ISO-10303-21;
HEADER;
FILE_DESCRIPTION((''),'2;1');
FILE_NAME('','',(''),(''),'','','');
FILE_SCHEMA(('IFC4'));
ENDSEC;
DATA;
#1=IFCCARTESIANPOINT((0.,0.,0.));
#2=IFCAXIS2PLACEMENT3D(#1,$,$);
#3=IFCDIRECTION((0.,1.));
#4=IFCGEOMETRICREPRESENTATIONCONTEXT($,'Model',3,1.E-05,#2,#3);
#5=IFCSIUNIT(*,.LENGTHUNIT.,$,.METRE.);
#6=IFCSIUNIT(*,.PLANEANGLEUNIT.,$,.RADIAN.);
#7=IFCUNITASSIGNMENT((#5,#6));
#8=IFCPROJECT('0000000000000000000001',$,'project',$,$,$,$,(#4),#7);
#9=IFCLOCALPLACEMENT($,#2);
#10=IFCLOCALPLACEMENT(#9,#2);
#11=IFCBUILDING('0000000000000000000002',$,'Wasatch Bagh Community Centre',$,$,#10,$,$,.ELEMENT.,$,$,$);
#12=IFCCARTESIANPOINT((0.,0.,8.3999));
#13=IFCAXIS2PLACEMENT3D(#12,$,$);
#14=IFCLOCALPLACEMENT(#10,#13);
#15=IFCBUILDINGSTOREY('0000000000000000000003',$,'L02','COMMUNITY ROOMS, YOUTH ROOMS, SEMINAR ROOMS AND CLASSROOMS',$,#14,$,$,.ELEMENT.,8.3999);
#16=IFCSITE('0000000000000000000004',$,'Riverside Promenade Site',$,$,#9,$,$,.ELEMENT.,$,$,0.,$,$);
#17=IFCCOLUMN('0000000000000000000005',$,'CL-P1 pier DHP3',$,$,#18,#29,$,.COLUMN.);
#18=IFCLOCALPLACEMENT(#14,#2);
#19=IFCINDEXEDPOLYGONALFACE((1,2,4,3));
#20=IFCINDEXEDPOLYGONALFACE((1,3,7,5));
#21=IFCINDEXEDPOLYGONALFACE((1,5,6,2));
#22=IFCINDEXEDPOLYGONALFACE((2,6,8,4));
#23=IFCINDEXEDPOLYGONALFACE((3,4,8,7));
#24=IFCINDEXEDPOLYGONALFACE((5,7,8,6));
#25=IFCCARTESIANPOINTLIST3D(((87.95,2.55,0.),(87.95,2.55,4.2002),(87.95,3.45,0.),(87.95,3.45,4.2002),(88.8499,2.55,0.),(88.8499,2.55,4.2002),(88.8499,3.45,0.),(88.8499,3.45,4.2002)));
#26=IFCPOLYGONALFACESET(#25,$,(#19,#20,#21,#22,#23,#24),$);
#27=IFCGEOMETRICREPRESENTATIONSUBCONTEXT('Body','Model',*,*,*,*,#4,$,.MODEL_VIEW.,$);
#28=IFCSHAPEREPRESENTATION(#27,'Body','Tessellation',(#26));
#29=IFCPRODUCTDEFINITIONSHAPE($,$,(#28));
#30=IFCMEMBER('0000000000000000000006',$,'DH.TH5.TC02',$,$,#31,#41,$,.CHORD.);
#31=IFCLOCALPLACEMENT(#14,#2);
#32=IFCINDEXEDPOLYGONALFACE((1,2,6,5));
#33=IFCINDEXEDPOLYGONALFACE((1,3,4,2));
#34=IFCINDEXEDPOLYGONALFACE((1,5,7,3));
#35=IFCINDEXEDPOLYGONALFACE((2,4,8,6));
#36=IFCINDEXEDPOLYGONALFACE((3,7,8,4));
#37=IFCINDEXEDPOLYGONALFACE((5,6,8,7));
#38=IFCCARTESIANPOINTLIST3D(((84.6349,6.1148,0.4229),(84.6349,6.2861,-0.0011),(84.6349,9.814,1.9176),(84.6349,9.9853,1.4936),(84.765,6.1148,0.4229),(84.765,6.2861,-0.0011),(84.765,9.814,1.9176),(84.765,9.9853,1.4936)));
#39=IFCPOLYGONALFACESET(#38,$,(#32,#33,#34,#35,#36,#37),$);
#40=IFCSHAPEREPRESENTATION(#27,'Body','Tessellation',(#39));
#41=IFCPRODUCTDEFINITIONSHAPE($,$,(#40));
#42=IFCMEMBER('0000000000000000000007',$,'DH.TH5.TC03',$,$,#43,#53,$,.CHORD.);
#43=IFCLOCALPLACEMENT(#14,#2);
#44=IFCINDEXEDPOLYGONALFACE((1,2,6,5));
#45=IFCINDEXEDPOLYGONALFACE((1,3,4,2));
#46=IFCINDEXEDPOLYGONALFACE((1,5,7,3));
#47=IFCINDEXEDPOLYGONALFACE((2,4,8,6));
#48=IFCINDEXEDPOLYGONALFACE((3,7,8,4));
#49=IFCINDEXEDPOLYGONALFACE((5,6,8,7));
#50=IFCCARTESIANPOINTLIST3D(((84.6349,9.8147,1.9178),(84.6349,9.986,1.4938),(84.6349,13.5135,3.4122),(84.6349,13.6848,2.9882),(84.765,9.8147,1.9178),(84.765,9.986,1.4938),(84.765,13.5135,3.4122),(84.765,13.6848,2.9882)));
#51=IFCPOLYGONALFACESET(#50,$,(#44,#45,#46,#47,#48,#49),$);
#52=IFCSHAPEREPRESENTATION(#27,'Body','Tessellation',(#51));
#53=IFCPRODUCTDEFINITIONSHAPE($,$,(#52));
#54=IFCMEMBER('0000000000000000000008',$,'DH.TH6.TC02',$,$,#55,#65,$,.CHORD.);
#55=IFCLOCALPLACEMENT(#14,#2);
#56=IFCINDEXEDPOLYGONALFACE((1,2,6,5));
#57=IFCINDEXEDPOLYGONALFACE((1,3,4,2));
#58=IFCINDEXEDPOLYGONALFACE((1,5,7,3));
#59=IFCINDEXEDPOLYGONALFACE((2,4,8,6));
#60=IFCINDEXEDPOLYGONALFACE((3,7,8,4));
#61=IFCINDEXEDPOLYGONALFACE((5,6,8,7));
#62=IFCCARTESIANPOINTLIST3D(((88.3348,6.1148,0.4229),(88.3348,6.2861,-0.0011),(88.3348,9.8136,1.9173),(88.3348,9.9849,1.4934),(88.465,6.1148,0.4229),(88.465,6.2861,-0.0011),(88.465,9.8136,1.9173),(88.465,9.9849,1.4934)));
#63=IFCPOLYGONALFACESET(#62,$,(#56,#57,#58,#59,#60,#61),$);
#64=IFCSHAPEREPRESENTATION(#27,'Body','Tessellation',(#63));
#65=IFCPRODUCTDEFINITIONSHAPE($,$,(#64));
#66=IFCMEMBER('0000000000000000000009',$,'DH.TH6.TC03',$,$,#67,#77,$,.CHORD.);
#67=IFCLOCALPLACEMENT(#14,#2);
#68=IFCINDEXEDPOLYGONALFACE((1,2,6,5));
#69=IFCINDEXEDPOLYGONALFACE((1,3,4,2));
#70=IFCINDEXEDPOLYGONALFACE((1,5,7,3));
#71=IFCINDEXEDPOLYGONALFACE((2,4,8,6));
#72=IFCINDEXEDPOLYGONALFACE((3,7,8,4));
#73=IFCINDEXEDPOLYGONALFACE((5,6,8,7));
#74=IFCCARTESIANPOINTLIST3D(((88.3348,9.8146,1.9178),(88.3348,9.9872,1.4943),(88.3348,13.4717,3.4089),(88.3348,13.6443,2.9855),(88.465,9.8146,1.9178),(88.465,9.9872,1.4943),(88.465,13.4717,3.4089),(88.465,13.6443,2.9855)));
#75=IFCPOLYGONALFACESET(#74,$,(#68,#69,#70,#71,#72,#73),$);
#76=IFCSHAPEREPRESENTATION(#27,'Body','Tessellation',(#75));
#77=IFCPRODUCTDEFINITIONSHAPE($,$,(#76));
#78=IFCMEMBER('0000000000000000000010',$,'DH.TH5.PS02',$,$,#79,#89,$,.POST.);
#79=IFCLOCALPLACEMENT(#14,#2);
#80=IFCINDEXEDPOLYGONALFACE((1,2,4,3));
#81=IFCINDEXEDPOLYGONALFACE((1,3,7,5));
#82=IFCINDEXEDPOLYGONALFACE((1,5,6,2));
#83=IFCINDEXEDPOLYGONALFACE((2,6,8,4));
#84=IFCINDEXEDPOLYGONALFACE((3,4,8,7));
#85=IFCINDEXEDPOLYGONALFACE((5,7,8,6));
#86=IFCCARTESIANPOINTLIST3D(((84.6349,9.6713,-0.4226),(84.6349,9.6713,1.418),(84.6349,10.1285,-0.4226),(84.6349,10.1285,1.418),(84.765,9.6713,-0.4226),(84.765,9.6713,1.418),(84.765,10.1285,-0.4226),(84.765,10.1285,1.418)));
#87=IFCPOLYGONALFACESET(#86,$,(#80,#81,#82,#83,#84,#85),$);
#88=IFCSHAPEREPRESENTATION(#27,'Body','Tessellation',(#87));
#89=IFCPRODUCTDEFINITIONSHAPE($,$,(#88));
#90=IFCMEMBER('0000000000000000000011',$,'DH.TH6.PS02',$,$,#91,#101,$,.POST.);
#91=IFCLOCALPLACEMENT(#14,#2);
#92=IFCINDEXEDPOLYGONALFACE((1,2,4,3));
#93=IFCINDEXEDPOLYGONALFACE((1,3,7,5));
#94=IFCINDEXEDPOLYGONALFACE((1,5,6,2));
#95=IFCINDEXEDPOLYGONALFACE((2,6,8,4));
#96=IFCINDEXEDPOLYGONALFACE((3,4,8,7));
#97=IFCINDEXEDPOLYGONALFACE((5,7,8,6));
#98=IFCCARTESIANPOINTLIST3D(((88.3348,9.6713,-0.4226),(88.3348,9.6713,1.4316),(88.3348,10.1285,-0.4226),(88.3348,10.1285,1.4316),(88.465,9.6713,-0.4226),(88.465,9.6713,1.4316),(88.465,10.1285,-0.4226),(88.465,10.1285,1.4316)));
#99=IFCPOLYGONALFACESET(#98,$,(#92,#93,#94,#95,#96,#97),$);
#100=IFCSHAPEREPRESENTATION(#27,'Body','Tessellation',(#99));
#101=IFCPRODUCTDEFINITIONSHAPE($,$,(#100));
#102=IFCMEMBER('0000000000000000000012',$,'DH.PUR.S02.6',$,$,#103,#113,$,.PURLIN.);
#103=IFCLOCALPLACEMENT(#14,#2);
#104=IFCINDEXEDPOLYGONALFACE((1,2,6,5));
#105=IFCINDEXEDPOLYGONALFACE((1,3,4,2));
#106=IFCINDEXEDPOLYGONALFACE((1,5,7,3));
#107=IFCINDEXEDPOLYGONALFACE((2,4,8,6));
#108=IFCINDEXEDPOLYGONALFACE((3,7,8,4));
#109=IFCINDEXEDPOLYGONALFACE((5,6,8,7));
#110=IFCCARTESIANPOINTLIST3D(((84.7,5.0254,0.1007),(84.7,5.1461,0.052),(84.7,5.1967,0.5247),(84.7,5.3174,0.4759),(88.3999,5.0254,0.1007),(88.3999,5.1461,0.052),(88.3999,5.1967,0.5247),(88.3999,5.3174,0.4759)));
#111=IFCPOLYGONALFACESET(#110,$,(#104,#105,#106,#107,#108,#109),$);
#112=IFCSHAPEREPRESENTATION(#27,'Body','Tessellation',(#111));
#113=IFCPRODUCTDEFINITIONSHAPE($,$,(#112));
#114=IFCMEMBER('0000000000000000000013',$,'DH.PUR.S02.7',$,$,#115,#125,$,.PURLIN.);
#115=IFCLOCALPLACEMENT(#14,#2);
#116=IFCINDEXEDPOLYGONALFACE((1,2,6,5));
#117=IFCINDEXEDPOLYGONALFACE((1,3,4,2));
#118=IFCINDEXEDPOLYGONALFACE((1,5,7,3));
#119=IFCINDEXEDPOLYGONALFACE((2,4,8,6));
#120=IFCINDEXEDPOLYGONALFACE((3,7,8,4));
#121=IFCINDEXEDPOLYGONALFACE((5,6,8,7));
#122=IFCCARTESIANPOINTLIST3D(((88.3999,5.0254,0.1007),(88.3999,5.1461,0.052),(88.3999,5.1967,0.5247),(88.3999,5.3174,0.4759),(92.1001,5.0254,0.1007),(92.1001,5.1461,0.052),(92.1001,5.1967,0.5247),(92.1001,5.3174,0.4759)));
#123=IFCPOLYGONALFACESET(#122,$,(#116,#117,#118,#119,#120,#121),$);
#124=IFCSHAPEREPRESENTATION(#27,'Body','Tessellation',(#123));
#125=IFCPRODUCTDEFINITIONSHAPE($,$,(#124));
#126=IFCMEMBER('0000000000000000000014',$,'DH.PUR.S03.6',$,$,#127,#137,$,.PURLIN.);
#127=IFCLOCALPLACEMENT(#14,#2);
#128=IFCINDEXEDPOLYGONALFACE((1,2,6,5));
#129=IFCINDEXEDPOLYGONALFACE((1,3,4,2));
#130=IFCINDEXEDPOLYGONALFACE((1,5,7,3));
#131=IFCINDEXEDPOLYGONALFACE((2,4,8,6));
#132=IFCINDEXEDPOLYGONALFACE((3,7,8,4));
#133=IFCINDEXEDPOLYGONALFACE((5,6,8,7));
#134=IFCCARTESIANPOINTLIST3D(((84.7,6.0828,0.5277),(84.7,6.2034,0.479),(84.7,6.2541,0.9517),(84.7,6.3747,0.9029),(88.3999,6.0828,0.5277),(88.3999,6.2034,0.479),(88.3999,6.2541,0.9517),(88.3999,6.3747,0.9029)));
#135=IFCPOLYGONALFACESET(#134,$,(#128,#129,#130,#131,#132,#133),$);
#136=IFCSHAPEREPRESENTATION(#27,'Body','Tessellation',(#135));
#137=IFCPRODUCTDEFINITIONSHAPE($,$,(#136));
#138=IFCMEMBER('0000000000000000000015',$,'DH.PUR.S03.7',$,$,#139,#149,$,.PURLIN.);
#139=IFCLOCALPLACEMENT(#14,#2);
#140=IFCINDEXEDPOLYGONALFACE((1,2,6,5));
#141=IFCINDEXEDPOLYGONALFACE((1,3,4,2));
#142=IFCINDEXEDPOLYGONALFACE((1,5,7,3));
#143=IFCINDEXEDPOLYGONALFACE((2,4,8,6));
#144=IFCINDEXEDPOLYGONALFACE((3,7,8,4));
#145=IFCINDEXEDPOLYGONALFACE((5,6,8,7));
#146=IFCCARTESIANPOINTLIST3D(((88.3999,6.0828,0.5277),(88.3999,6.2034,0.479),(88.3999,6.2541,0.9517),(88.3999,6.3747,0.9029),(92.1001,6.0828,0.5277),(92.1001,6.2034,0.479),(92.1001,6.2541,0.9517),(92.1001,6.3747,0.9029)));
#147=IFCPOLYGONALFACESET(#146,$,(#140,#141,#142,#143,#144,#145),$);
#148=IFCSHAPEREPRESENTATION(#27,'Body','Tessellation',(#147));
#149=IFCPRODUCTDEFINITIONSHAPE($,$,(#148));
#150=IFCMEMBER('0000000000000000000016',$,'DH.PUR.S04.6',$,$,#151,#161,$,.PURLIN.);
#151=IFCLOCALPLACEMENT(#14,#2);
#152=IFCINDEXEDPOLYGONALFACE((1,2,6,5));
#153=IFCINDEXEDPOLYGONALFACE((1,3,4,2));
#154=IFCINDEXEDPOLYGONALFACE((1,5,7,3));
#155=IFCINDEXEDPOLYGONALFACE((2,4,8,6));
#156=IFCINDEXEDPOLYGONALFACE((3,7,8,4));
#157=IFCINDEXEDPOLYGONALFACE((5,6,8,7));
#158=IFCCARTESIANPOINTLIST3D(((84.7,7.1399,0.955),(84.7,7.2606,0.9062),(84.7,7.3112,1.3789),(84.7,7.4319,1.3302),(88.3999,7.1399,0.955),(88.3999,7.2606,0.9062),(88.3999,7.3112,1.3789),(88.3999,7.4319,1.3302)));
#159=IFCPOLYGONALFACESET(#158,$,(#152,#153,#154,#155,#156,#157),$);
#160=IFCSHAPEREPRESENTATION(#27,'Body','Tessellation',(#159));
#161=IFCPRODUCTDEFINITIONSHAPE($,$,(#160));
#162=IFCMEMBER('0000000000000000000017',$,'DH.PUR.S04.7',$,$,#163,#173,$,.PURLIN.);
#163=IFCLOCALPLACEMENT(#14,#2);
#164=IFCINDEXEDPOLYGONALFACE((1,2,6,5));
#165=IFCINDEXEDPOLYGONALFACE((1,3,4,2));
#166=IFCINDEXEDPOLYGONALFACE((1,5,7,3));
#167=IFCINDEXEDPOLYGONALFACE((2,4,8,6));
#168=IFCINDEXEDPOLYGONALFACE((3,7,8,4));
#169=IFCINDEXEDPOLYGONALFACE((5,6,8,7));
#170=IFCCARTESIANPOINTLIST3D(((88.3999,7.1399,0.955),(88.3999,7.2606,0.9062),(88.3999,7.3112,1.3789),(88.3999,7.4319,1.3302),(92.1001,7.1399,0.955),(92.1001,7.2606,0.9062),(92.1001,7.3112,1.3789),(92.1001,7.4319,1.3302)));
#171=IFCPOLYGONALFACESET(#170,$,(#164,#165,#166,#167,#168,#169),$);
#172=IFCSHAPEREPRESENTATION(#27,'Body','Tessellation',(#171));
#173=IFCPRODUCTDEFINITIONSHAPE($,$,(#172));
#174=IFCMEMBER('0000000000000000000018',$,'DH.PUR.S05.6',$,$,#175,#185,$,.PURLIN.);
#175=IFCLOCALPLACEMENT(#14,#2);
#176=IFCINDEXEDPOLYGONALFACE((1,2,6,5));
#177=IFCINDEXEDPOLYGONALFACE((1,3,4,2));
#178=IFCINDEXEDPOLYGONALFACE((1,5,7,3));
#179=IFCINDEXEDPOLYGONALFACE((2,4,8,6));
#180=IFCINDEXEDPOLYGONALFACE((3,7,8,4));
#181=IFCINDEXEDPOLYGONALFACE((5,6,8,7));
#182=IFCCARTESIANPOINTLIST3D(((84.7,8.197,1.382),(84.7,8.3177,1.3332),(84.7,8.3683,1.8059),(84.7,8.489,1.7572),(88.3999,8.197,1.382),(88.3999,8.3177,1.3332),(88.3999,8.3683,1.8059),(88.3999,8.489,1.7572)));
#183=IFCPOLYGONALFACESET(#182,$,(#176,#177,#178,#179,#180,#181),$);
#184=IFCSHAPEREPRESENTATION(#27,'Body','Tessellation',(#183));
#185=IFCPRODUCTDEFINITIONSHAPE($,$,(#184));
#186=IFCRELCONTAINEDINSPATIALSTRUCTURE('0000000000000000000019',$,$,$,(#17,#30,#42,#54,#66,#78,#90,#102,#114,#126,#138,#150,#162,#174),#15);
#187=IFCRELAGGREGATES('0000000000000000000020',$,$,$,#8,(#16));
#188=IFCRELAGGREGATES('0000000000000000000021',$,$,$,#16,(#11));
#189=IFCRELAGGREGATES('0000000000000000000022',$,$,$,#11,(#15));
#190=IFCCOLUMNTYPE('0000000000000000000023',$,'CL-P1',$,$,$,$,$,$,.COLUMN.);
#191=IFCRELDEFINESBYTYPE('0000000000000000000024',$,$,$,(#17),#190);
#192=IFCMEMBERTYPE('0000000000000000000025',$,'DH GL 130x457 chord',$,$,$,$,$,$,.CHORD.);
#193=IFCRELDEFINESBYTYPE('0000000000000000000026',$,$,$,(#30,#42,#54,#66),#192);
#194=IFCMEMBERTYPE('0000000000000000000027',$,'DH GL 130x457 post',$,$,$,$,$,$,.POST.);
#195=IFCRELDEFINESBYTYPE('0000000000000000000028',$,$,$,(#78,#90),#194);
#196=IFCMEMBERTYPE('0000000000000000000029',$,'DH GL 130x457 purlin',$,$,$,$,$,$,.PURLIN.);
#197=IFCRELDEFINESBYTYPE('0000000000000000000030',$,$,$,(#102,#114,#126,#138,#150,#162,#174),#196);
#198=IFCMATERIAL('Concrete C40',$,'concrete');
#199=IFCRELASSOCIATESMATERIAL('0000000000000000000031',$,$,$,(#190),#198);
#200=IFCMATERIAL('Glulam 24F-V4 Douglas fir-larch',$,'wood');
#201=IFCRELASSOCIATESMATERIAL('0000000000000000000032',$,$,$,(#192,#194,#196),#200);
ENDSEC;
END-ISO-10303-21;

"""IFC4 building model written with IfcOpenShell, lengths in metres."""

from ifc_helpers import new_model, si_unit, direction, frame, origin, origin_2d, place, context, subcontext, project, spatial, rectangle, extrude, material, material_profile, profile_set, type_object, element, save


model = new_model("IFC4")

# Units and contexts
model_context = context("Model", 3, precision=1e-05, world=origin(), true_north=direction((0.0, 1.0)))
body_context = subcontext(model_context, "Body", "Model", "MODEL_VIEW")
ifc_project = project(units=[si_unit("LENGTHUNIT", "METRE"), si_unit("PLANEANGLEUNIT", "RADIAN")], contexts=[model_context])

# Site, building, storey
site_placement = place(None, origin())
site = spatial("IfcSite", under=ifc_project, at=site_placement, Name="Riverside Promenade Site", CompositionType="ELEMENT", RefElevation=0.0)
building_placement = place(site_placement, origin())
building = spatial("IfcBuilding", under=site, at=building_placement, Name="Wasatch Bagh Community Centre", CompositionType="ELEMENT")
storey_placement = place(building_placement, frame((0.0, 0.0, 8.3999)))
storey = spatial("IfcBuildingStorey", under=building, at=storey_placement, Name="L02", Description="COMMUNITY ROOMS, YOUTH ROOMS, SEMINAR ROOMS AND CLASSROOMS", CompositionType="ELEMENT", Elevation=8.3999)

# Column
ifc_material_1 = material(Name="Concrete C40", Category="concrete")
ifc_material_profile_1 = material_profile(ifc_material_1, rectangle(XDim=0.8999, YDim=0.8999, at=origin_2d()), Name="RC 900x900")
ifc_profile_set_1 = profile_set([ifc_material_profile_1], Name="Concrete C40")
column_type = type_object("IfcColumnType", Name="CL-P1", PredefinedType="COLUMN", material=ifc_profile_set_1)
column_placement = place(storey_placement, frame((88.3999, 3.0, 0.0), z_axis=(0.0, 0.0, 1.0), x_axis=(1.0, 0.0, 0.0)))
element("IfcColumn", 1, at=column_placement, inside=storey, type_object=column_type, Name="CL-P1 pier DHP3", PredefinedType="COLUMN", context=body_context, shape_type="SweptSolid", body=[
    extrude(rectangle(XDim=0.8999, YDim=0.8999, at=origin_2d()), origin(), (0.0, 0.0, 1.0), 4.2002),
])

# Members
ifc_material_2 = material(Name="Glulam 24F-V4 Douglas fir-larch", Category="wood")
ifc_material_profile_2 = material_profile(ifc_material_2, rectangle(XDim=0.1301, YDim=0.4573, at=origin_2d()), Name="GL 130x457")
ifc_profile_set_2 = profile_set([ifc_material_profile_2], Name="Glulam 24F-V4 Douglas fir-larch")
member_type_1 = type_object("IfcMemberType", Name="DH GL 130x457 chord", PredefinedType="CHORD", material=ifc_profile_set_2)
member_1_placement = place(storey_placement, frame((84.7, 6.2004, 0.2109), z_axis=(0.0, 0.92718, 0.374617), x_axis=(-1.0, 0.0, 0.0)))
element("IfcMember", 2, at=member_1_placement, inside=storey, type_object=member_type_1, Name="DH.TH5.TC02", PredefinedType="CHORD", context=body_context, shape_type="SweptSolid", body=[
    extrude(rectangle(XDim=0.1301, YDim=0.4573, at=origin_2d()), origin(), (0.0, 0.0, 1.0), 3.9897),
])
for number, where, z_axis, x_axis, name in (
    (3, (84.7, 9.9004, 1.7058), (0.0, 0.927184, 0.374607), (-1.0, 0.0, 0.0), "DH.TH5.TC03"),
    (4, (88.3999, 6.2004, 0.2109), (0.0, 0.927184, 0.374607), (-1.0, 0.0, 0.0), "DH.TH6.TC02"),
):
    element("IfcMember", number, at=place(storey_placement, frame(where, z_axis=z_axis, x_axis=x_axis)), inside=storey, type_object=member_type_1, Name=name, PredefinedType="CHORD", context=body_context, shape_type="SweptSolid", body=[
        extrude(rectangle(XDim=0.1301, YDim=0.4573, at=origin_2d()), origin(), (0.0, 0.0, 1.0), 3.9893),
    ])
member_2_placement = place(storey_placement, frame((88.3999, 9.9009, 1.7061), z_axis=(0.0, 0.925984, 0.377564), x_axis=(-1.0, 0.0, 0.0)))
element("IfcMember", 5, at=member_2_placement, inside=storey, type_object=member_type_1, Name="DH.TH6.TC03", PredefinedType="CHORD", context=body_context, shape_type="SweptSolid", body=[
    extrude(rectangle(XDim=0.1301, YDim=0.4573, at=origin_2d()), origin(), (0.0, 0.0, 1.0), 3.9495),
])
ifc_material_profile_3 = material_profile(ifc_material_2, rectangle(XDim=0.1301, YDim=0.4573, at=origin_2d()), Name="GL 130x457")
ifc_profile_set_3 = profile_set([ifc_material_profile_3], Name="Glulam 24F-V4 Douglas fir-larch")
member_type_2 = type_object("IfcMemberType", Name="DH GL 130x457 post", PredefinedType="POST", material=ifc_profile_set_3)
member_3_placement = place(storey_placement, frame((84.7, 9.8999, -0.4226), z_axis=(0.0, 0.0, 1.0), x_axis=(1.0, 0.0, 0.0)))
element("IfcMember", 6, at=member_3_placement, inside=storey, type_object=member_type_2, Name="DH.TH5.PS02", PredefinedType="POST", context=body_context, shape_type="SweptSolid", body=[
    extrude(rectangle(XDim=0.1301, YDim=0.4573, at=origin_2d()), origin(), (0.0, 0.0, 1.0), 1.8406),
])
member_4_placement = place(storey_placement, frame((88.3999, 9.8999, -0.4226), z_axis=(0.0, 0.0, 1.0), x_axis=(1.0, 0.0, 0.0)))
element("IfcMember", 7, at=member_4_placement, inside=storey, type_object=member_type_2, Name="DH.TH6.PS02", PredefinedType="POST", context=body_context, shape_type="SweptSolid", body=[
    extrude(rectangle(XDim=0.1301, YDim=0.4573, at=origin_2d()), origin(), (0.0, 0.0, 1.0), 1.8542),
])
ifc_material_profile_4 = material_profile(ifc_material_2, rectangle(XDim=0.1301, YDim=0.4573, at=origin_2d()), Name="GL 130x457")
ifc_profile_set_4 = profile_set([ifc_material_profile_4], Name="Glulam 24F-V4 Douglas fir-larch")
member_type_3 = type_object("IfcMemberType", Name="DH GL 130x457 purlin", PredefinedType="PURLIN", material=ifc_profile_set_4)
member_5_placement = place(storey_placement, frame((84.7, 5.1714, 0.2883), z_axis=(1.0, 0.0, 0.0), x_axis=(0.0, 0.927184, -0.374607)))
element("IfcMember", 8, at=member_5_placement, inside=storey, type_object=member_type_3, Name="DH.PUR.S02.6", PredefinedType="PURLIN", context=body_context, shape_type="SweptSolid", body=[
    extrude(rectangle(XDim=0.1301, YDim=0.4573, at=origin_2d()), origin(), (0.0, 0.0, 1.0), 3.7),
])
member_6_placement = place(storey_placement, frame((88.3999, 5.1714, 0.2883), z_axis=(1.0, 0.0, 0.0), x_axis=(0.0, 0.927184, -0.374607)))
element("IfcMember", 9, at=member_6_placement, inside=storey, type_object=member_type_3, Name="DH.PUR.S02.7", PredefinedType="PURLIN", context=body_context, shape_type="SweptSolid", body=[
    extrude(rectangle(XDim=0.1301, YDim=0.4573, at=origin_2d()), origin(), (0.0, 0.0, 1.0), 3.7002),
])
member_7_placement = place(storey_placement, frame((84.7, 6.2288, 0.7153), z_axis=(1.0, 0.0, 0.0), x_axis=(0.0, 0.927184, -0.374607)))
element("IfcMember", 10, at=member_7_placement, inside=storey, type_object=member_type_3, Name="DH.PUR.S03.6", PredefinedType="PURLIN", context=body_context, shape_type="SweptSolid", body=[
    extrude(rectangle(XDim=0.1301, YDim=0.4573, at=origin_2d()), origin(), (0.0, 0.0, 1.0), 3.7),
])
member_8_placement = place(storey_placement, frame((88.3999, 6.2288, 0.7153), z_axis=(1.0, 0.0, 0.0), x_axis=(0.0, 0.927184, -0.374607)))
element("IfcMember", 11, at=member_8_placement, inside=storey, type_object=member_type_3, Name="DH.PUR.S03.7", PredefinedType="PURLIN", context=body_context, shape_type="SweptSolid", body=[
    extrude(rectangle(XDim=0.1301, YDim=0.4573, at=origin_2d()), origin(), (0.0, 0.0, 1.0), 3.7002),
])
member_9_placement = place(storey_placement, frame((84.7, 7.2859, 1.1426), z_axis=(1.0, 0.0, 0.0), x_axis=(0.0, 0.927184, -0.374607)))
element("IfcMember", 12, at=member_9_placement, inside=storey, type_object=member_type_3, Name="DH.PUR.S04.6", PredefinedType="PURLIN", context=body_context, shape_type="SweptSolid", body=[
    extrude(rectangle(XDim=0.1301, YDim=0.4573, at=origin_2d()), origin(), (0.0, 0.0, 1.0), 3.7),
])
member_10_placement = place(storey_placement, frame((88.3999, 7.2859, 1.1426), z_axis=(1.0, 0.0, 0.0), x_axis=(0.0, 0.927184, -0.374607)))
element("IfcMember", 13, at=member_10_placement, inside=storey, type_object=member_type_3, Name="DH.PUR.S04.7", PredefinedType="PURLIN", context=body_context, shape_type="SweptSolid", body=[
    extrude(rectangle(XDim=0.1301, YDim=0.4573, at=origin_2d()), origin(), (0.0, 0.0, 1.0), 3.7002),
])
member_11_placement = place(storey_placement, frame((84.7, 8.343, 1.5696), z_axis=(1.0, 0.0, 0.0), x_axis=(0.0, 0.927184, -0.374607)))
element("IfcMember", 14, at=member_11_placement, inside=storey, type_object=member_type_3, Name="DH.PUR.S05.6", PredefinedType="PURLIN", context=body_context, shape_type="SweptSolid", body=[
    extrude(rectangle(XDim=0.1301, YDim=0.4573, at=origin_2d()), origin(), (0.0, 0.0, 1.0), 3.7),
])

save(model, "model.ifc")
